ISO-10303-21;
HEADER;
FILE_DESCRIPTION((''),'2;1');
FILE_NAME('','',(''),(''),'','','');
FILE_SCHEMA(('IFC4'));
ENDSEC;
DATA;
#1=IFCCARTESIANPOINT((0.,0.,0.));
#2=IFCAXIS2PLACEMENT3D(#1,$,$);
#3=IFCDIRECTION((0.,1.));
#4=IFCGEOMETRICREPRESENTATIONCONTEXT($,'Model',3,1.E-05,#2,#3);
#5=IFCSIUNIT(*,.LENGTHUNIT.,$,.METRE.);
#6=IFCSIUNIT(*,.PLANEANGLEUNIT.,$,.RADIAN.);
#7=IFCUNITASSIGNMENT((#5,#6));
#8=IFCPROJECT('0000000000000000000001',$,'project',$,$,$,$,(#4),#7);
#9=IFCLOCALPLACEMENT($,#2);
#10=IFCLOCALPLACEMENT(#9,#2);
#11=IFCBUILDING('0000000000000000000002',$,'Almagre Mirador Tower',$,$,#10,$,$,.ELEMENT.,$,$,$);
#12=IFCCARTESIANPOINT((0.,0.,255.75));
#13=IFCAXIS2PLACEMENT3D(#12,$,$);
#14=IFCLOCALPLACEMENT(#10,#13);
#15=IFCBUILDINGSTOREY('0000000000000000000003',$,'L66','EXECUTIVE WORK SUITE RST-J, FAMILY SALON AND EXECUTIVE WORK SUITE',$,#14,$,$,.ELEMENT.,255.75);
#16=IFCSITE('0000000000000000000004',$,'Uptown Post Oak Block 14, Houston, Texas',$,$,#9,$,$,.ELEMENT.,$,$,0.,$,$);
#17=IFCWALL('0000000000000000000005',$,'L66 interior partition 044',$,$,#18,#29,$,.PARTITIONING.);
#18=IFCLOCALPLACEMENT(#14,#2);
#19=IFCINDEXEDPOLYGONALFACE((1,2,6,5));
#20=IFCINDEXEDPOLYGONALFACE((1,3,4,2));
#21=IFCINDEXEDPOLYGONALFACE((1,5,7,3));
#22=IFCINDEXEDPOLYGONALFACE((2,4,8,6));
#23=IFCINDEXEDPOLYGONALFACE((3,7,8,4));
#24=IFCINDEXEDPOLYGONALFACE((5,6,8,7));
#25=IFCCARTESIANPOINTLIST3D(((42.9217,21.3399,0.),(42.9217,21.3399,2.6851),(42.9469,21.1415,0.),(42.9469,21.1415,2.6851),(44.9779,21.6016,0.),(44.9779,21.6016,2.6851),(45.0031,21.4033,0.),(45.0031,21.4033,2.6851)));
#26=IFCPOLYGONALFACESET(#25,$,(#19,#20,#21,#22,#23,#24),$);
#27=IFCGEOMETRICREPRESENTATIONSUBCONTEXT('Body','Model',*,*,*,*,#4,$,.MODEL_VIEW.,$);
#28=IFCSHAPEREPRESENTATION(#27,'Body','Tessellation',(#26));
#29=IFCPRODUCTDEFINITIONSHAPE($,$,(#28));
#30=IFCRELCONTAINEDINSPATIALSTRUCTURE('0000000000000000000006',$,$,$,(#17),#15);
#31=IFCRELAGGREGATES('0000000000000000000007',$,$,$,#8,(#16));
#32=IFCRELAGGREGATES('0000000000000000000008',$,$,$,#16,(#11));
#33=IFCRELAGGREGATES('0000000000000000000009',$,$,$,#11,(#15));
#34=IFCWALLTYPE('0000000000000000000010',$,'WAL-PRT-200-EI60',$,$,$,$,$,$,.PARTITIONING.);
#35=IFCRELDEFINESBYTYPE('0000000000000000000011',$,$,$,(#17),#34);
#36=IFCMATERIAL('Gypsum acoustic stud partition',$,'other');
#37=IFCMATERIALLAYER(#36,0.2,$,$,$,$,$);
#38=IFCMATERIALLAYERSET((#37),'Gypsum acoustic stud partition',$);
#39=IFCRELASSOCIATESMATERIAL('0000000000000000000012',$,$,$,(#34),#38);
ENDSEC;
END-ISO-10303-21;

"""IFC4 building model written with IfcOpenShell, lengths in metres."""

from ifc_helpers import new_model, si_unit, direction, frame, frame_2d, origin, place, context, subcontext, project, spatial, rectangle, extrude, material, layer, layer_set, type_object, element, save


model = new_model("IFC4")

# Units and contexts
model_context = context("Model", 3, precision=1e-05, world=origin(), true_north=direction((0.0, 1.0)))
body_context = subcontext(model_context, "Body", "Model", "MODEL_VIEW")
ifc_project = project(units=[si_unit("LENGTHUNIT", "METRE"), si_unit("PLANEANGLEUNIT", "RADIAN")], contexts=[model_context])

# Site, building, storey
site_placement = place(None, origin())
site = spatial("IfcSite", under=ifc_project, at=site_placement, Name="Uptown Post Oak Block 14, Houston, Texas", CompositionType="ELEMENT", RefElevation=0.0)
building_placement = place(site_placement, origin())
building = spatial("IfcBuilding", under=site, at=building_placement, Name="Almagre Mirador Tower", CompositionType="ELEMENT")
storey_placement = place(building_placement, frame((0.0, 0.0, 255.75)))
storey = spatial("IfcBuildingStorey", under=building, at=storey_placement, Name="L66", Description="EXECUTIVE WORK SUITE RST-J, FAMILY SALON AND EXECUTIVE WORK SUITE", CompositionType="ELEMENT", Elevation=255.75)

# Shared definitions
ifc_material_1 = material(Name="Gypsum acoustic stud partition", Category="other")
ifc_layer_1 = layer(ifc_material_1, 0.2)
ifc_layer_set_1 = layer_set([ifc_layer_1], Name="Gypsum acoustic stud partition")
wall_type_1 = type_object("IfcWallType", Name="WAL-PRT-200-EI60", PredefinedType="PARTITIONING", material=ifc_layer_set_1)

# Wall
wall_1_placement = place(storey_placement, frame((44.9905, 21.5024, 0.0), z_axis=(0.0, 0.0, 1.0), x_axis=(-0.991996, -0.126267, 0.0)))
element("IfcWall", 1, at=wall_1_placement, inside=storey, type_object=wall_type_1, Name="L66 interior partition 044", PredefinedType="PARTITIONING", context=body_context, shape_type="SweptSolid", body=[
    extrude(rectangle(XDim=2.0728, YDim=0.2, at=frame_2d((1.0364, 0.0))), origin(), (0.0, 0.0, 1.0), 2.6851),
])

save(model, "model.ifc")
